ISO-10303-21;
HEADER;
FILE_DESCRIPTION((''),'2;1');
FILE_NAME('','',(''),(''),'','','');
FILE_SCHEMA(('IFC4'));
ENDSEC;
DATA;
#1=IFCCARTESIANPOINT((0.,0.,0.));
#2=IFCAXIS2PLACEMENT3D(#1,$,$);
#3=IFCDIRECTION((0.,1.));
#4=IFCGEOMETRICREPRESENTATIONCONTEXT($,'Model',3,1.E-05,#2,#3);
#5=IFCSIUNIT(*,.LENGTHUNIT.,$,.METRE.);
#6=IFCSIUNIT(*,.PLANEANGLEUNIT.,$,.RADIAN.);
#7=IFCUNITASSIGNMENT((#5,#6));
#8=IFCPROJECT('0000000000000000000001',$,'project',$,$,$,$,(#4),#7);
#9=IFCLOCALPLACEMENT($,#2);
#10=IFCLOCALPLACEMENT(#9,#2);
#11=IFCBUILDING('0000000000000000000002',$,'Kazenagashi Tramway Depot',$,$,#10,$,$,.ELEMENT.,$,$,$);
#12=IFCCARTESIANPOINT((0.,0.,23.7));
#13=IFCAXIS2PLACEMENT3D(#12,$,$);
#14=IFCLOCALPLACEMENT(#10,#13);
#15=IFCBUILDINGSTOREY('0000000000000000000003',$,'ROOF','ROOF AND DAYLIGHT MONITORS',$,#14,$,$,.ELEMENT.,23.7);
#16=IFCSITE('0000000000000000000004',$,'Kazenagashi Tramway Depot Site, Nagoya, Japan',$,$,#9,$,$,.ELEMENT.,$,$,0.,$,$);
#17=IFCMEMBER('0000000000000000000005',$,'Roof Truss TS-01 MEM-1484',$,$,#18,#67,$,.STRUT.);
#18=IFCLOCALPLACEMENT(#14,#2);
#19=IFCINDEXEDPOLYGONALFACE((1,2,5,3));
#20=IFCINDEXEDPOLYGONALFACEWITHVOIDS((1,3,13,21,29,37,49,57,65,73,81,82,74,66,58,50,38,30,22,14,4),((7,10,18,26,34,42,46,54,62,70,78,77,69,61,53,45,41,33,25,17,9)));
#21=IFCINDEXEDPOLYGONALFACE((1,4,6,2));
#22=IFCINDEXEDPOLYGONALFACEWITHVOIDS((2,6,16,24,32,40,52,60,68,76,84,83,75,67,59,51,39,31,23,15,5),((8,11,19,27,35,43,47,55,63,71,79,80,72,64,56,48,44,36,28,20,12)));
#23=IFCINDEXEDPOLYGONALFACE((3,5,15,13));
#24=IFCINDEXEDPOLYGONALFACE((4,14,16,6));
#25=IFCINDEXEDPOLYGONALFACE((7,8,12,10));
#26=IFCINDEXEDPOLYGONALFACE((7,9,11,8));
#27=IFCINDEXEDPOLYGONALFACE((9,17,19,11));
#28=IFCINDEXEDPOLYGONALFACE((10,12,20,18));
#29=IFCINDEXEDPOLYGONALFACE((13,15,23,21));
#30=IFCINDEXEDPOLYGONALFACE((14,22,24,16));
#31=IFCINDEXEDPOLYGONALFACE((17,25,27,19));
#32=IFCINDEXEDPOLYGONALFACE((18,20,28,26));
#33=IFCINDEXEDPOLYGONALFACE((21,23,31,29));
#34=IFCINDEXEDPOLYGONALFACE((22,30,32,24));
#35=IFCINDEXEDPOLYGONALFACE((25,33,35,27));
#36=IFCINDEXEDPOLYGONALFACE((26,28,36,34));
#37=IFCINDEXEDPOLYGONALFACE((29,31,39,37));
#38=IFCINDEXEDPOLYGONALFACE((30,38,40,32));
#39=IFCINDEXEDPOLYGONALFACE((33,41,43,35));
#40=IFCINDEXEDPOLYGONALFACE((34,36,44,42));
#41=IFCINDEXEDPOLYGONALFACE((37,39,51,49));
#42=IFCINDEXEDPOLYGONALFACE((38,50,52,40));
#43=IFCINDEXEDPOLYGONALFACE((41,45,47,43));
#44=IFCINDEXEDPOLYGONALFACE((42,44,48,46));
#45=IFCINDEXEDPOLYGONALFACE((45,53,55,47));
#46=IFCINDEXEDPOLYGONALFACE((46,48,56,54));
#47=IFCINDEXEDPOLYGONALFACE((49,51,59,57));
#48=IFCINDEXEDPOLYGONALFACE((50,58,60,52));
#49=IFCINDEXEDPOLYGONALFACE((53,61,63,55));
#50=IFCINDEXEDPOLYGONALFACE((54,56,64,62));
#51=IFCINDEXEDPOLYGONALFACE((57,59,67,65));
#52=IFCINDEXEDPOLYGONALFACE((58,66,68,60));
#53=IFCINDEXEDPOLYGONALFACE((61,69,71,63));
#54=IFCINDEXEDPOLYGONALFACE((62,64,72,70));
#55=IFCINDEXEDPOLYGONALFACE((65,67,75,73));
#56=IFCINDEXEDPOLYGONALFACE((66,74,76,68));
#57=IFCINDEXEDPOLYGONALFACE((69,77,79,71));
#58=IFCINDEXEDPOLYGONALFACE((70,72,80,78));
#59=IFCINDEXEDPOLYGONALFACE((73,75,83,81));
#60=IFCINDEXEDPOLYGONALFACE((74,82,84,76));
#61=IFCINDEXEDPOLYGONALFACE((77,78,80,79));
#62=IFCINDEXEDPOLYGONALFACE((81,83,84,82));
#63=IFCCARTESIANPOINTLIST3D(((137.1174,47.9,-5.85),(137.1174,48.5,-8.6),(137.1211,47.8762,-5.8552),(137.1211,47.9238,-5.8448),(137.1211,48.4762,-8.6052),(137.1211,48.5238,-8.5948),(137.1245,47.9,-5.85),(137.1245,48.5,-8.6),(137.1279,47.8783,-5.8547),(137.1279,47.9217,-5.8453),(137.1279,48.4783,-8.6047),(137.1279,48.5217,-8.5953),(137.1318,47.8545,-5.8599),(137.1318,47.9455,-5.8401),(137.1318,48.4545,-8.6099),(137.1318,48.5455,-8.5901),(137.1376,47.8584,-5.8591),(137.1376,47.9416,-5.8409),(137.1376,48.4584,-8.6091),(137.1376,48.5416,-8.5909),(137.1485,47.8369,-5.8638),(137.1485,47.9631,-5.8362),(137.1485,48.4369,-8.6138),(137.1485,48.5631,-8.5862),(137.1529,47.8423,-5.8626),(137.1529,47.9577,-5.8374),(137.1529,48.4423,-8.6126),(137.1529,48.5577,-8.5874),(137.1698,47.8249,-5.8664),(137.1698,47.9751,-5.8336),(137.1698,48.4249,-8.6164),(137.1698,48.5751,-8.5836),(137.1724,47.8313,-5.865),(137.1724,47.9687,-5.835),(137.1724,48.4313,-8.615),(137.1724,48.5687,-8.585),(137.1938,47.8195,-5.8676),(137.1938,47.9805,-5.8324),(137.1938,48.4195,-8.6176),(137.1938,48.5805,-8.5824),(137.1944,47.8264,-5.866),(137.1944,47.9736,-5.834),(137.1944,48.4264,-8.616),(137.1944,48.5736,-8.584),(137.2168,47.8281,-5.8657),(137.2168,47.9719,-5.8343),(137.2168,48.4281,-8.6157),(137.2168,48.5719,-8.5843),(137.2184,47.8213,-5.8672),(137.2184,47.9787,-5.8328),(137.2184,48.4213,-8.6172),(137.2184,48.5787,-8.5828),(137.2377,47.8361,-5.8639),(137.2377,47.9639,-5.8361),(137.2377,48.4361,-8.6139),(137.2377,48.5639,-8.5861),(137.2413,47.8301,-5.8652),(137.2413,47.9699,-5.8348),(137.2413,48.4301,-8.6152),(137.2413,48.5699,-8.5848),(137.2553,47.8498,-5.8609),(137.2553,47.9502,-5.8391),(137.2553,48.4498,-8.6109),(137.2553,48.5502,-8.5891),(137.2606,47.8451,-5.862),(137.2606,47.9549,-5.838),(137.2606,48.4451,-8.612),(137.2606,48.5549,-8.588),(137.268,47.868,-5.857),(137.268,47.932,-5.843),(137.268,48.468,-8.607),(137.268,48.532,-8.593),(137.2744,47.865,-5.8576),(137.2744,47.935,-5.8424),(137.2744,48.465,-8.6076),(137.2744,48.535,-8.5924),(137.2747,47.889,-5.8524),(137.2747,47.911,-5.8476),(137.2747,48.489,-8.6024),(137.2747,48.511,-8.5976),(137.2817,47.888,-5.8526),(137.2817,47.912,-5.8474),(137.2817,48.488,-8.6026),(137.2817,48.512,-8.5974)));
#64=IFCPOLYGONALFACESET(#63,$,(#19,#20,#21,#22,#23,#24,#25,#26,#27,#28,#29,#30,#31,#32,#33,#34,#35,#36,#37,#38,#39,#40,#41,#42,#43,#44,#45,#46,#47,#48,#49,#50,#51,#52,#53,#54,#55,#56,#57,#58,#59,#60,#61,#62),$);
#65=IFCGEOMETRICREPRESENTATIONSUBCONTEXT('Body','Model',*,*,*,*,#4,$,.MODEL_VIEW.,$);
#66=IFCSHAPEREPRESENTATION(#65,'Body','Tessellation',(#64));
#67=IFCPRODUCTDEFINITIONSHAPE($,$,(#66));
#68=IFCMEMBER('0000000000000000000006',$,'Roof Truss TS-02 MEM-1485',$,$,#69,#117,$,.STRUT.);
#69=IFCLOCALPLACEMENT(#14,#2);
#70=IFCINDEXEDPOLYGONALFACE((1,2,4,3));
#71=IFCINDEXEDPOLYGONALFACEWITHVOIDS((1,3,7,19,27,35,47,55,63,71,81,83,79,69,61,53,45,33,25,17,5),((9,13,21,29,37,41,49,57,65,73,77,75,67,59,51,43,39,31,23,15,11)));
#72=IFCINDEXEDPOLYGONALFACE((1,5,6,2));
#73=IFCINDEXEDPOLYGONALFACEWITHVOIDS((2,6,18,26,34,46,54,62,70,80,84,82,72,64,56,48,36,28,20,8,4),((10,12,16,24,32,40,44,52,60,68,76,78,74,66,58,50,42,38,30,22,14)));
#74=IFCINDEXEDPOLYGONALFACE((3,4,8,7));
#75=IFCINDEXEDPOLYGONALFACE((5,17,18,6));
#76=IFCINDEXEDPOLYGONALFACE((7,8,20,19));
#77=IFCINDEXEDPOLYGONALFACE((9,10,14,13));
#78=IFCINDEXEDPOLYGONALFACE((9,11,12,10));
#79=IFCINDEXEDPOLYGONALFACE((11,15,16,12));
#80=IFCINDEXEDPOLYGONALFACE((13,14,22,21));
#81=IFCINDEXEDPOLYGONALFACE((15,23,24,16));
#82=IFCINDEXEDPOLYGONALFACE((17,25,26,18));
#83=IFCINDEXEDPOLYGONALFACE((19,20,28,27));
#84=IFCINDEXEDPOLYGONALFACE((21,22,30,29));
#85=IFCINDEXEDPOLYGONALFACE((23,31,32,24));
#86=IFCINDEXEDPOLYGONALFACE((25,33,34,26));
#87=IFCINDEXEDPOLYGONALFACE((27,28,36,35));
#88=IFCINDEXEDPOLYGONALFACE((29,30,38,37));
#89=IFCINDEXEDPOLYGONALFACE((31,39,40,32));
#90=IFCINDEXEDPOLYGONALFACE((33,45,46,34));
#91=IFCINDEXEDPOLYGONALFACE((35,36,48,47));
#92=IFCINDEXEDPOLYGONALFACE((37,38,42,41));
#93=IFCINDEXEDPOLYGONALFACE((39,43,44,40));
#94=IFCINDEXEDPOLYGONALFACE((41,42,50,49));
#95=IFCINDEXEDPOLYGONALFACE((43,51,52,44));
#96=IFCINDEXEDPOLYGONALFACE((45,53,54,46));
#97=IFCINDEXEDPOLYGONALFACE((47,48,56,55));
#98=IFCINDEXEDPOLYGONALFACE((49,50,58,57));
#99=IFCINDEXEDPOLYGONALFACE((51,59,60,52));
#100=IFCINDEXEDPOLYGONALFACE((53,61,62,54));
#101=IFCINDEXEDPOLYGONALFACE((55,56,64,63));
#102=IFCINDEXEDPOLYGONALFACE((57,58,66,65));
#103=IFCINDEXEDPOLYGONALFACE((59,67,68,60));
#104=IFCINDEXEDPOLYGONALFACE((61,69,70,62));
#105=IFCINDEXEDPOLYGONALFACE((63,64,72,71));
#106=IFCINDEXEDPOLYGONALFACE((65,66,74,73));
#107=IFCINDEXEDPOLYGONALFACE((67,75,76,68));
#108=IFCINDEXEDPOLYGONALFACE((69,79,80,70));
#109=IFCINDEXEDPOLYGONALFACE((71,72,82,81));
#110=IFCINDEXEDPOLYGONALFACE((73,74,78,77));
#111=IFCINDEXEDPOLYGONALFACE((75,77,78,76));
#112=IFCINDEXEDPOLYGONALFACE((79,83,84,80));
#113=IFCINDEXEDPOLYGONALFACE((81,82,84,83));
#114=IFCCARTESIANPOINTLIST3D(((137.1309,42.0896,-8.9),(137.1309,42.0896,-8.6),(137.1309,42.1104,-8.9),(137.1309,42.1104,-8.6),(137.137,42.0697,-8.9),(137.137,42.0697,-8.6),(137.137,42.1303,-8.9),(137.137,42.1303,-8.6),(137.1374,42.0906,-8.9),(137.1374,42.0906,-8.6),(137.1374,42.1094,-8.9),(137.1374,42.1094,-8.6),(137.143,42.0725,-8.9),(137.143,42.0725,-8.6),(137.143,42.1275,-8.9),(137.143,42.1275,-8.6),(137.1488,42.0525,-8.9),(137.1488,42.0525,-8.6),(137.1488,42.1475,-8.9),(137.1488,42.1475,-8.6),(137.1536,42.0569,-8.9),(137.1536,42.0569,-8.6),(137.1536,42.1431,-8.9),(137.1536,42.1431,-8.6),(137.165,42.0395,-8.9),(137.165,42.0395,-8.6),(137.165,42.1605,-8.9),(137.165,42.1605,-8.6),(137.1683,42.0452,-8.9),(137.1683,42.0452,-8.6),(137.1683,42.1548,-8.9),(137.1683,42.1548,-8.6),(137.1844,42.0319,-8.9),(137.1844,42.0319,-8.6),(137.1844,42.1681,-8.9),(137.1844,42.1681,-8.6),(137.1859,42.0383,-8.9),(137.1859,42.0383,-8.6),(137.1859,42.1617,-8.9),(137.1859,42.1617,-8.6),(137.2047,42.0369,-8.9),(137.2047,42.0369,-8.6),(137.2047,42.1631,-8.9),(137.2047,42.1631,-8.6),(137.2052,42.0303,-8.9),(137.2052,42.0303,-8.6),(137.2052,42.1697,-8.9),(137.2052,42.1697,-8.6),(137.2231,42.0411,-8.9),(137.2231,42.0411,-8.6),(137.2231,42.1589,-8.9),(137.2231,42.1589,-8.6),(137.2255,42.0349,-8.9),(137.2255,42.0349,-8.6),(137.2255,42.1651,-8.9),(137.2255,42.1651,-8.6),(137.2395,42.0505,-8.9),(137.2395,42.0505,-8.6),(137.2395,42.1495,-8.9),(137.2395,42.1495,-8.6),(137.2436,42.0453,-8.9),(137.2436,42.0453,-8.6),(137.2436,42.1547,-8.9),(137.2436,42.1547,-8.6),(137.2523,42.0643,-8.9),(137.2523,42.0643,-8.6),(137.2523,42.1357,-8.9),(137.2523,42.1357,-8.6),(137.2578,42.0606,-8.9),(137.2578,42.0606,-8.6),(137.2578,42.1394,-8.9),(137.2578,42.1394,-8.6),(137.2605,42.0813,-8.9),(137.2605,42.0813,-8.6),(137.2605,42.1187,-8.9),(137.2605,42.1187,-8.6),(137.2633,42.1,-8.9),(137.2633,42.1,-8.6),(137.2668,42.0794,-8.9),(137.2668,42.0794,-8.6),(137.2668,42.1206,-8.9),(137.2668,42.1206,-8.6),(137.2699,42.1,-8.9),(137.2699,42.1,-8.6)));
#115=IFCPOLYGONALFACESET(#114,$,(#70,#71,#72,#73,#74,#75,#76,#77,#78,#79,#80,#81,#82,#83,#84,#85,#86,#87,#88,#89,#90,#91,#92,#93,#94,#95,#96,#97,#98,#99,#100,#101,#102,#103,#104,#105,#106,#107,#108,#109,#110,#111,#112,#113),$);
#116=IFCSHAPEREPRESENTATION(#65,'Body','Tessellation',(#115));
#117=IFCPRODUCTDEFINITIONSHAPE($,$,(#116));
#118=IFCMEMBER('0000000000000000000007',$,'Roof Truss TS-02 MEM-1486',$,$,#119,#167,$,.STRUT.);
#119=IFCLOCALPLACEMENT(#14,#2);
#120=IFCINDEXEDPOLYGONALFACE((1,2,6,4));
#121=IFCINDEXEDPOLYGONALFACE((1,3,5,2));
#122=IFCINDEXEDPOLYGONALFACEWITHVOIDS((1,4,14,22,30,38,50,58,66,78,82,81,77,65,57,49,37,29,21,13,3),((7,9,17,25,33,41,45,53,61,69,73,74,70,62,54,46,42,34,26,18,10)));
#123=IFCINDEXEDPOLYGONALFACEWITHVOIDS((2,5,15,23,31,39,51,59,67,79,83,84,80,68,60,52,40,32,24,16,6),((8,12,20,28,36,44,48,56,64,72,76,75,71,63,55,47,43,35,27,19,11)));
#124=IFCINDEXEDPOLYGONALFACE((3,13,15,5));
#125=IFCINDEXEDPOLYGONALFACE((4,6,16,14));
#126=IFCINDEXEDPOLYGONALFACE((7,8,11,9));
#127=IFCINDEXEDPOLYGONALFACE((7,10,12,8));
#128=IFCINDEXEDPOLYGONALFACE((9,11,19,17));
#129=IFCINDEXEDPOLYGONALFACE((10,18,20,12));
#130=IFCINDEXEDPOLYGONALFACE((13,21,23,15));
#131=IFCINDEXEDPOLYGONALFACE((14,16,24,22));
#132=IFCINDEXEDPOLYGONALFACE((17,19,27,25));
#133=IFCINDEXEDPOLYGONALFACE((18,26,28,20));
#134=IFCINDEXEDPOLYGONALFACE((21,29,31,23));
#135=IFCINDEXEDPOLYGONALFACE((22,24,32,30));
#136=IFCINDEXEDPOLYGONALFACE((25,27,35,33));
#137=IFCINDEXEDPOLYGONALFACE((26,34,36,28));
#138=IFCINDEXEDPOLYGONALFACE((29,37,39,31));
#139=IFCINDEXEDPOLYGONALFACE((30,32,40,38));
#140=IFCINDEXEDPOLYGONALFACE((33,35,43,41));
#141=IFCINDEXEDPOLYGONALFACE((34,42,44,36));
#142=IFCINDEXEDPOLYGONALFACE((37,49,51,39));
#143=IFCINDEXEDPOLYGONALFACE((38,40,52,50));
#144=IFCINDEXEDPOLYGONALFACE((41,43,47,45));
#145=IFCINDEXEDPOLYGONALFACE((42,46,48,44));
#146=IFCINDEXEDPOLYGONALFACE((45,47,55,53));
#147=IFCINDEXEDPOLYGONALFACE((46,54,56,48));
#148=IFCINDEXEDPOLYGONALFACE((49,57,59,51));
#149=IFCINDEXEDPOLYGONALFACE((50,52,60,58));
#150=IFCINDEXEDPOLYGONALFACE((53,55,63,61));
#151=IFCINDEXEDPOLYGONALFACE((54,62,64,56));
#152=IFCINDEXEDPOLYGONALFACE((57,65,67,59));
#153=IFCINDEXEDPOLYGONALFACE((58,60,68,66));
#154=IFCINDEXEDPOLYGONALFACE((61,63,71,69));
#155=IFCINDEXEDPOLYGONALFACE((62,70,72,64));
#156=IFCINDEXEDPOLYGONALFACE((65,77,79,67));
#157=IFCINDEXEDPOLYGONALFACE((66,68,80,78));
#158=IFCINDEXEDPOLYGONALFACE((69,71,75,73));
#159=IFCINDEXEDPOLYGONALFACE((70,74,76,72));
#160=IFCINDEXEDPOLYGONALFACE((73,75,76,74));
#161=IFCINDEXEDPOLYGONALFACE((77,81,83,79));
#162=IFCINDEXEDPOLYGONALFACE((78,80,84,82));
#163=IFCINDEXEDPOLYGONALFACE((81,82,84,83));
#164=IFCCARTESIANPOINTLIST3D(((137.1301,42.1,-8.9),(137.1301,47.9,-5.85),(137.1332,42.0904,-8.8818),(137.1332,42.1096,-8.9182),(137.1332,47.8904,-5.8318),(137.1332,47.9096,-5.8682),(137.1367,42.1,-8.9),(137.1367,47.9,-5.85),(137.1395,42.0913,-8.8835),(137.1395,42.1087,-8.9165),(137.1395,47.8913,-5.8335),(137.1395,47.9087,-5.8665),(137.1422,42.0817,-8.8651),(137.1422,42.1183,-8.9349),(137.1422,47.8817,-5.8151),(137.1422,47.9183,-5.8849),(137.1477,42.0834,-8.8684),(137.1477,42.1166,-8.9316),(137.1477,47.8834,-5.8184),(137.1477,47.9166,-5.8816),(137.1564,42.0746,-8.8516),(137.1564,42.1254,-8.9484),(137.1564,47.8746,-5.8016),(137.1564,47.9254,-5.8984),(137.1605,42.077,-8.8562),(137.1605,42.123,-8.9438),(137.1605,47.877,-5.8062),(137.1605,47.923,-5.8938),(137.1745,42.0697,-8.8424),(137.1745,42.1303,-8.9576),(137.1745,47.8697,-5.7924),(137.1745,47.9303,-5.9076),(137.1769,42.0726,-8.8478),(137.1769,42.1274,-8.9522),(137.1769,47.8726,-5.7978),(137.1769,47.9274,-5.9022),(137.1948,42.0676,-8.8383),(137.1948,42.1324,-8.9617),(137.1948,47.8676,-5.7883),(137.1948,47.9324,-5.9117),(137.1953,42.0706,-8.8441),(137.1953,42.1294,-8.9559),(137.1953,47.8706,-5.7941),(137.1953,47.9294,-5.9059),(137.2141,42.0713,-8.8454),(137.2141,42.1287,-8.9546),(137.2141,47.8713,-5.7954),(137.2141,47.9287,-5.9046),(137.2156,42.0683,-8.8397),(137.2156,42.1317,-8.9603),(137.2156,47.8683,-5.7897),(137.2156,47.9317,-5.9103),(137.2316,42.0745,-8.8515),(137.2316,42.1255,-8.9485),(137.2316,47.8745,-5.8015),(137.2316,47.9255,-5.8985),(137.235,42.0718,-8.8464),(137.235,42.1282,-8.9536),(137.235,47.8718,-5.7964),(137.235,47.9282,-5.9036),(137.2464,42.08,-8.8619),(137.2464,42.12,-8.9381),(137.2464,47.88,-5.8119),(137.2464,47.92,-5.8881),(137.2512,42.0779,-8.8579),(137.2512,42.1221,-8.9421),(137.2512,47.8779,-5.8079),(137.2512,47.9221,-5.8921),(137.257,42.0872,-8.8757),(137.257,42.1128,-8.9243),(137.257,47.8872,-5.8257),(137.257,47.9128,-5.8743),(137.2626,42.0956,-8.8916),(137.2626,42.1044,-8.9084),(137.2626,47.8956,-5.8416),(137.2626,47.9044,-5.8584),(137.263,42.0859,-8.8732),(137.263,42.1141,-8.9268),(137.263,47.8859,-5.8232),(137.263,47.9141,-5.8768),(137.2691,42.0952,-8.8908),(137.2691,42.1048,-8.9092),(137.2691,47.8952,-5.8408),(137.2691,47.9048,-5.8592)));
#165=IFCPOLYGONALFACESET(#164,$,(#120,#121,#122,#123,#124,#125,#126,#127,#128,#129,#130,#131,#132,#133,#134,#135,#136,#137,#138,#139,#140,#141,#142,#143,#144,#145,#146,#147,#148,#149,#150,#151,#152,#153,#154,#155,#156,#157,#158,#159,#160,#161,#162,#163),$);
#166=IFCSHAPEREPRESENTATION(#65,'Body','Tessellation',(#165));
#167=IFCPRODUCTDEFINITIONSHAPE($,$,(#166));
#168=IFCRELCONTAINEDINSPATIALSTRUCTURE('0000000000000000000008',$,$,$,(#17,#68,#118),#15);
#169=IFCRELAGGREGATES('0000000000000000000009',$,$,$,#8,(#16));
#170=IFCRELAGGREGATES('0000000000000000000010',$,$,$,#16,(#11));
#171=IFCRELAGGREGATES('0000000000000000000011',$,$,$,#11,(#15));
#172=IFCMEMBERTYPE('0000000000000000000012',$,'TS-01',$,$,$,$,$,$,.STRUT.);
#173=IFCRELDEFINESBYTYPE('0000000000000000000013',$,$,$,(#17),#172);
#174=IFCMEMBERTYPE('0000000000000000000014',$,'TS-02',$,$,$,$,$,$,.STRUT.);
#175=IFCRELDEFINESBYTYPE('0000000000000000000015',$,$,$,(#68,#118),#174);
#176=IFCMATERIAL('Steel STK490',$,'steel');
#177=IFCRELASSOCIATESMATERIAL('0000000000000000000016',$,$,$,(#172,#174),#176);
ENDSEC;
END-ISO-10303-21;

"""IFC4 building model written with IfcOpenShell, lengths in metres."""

from ifc_helpers import new_model, si_unit, direction, frame, origin, origin_2d, place, context, subcontext, project, spatial, hollow_circle, extrude, material, material_profile, profile_set, type_object, element, save


model = new_model("IFC4")

# Units and contexts
model_context = context("Model", 3, precision=1e-05, world=origin(), true_north=direction((0.0, 1.0)))
body_context = subcontext(model_context, "Body", "Model", "MODEL_VIEW")
ifc_project = project(units=[si_unit("LENGTHUNIT", "METRE"), si_unit("PLANEANGLEUNIT", "RADIAN")], contexts=[model_context])

# Site, building, storey
site_placement = place(None, origin())
site = spatial("IfcSite", under=ifc_project, at=site_placement, Name="Kazenagashi Tramway Depot Site, Nagoya, Japan", CompositionType="ELEMENT", RefElevation=0.0)
building_placement = place(site_placement, origin())
building = spatial("IfcBuilding", under=site, at=building_placement, Name="Kazenagashi Tramway Depot", CompositionType="ELEMENT")
storey_placement = place(building_placement, frame((0.0, 0.0, 23.7)))
storey = spatial("IfcBuildingStorey", under=building, at=storey_placement, Name="ROOF", Description="ROOF AND DAYLIGHT MONITORS", CompositionType="ELEMENT", Elevation=23.7)

# Members
ifc_material_1 = material(Name="Steel STK490", Category="steel")
ifc_material_profile_1 = material_profile(ifc_material_1, hollow_circle(Radius=0.0826, WallThickness=0.0071, at=origin_2d()), Name="CHS-165.2x7.1")
ifc_profile_set_1 = profile_set([ifc_material_profile_1], Name="Steel STK490")
member_type_1 = type_object("IfcMemberType", Name="TS-01", PredefinedType="STRUT", material=ifc_profile_set_1)
for number, where, z_axis, x_axis, name in (
    (1, (137.2, 47.9, -5.85), (0.0, 0.213167, -0.977016), (-1.0, 0.0, 0.0), "Roof Truss TS-01 MEM-1484"),
):
    element("IfcMember", number, at=place(storey_placement, frame(where, z_axis=z_axis, x_axis=x_axis)), inside=storey, type_object=member_type_1, Name=name, PredefinedType="STRUT", context=body_context, shape_type="SweptSolid", body=[
        extrude(hollow_circle(Radius=0.0826, WallThickness=0.0071, at=origin_2d()), origin(), (0.0, 0.0, 1.0), 2.8147),
    ])
ifc_material_profile_2 = material_profile(ifc_material_1, hollow_circle(Radius=0.0699, WallThickness=0.0066, at=origin_2d()), Name="CHS-139.8x6.6")
ifc_profile_set_2 = profile_set([ifc_material_profile_2], Name="Steel STK490")
member_type_2 = type_object("IfcMemberType", Name="TS-02", PredefinedType="STRUT", material=ifc_profile_set_2)
member_1_placement = place(storey_placement, frame((137.2, 42.1, -8.9), z_axis=(0.0, 0.0, 1.0), x_axis=(1.0, 0.0, 0.0)))
element("IfcMember", 2, at=member_1_placement, inside=storey, type_object=member_type_2, Name="Roof Truss TS-02 MEM-1485", PredefinedType="STRUT", context=body_context, shape_type="SweptSolid", body=[
    extrude(hollow_circle(Radius=0.0699, WallThickness=0.0066, at=origin_2d()), origin(), (0.0, 0.0, 1.0), 0.3),
])
member_2_placement = place(storey_placement, frame((137.2, 42.1, -8.9), z_axis=(0.0, 0.885084, 0.465432), x_axis=(-1.0, 0.0, 0.0)))
element("IfcMember", 3, at=member_2_placement, inside=storey, type_object=member_type_2, Name="Roof Truss TS-02 MEM-1486", PredefinedType="STRUT", context=body_context, shape_type="SweptSolid", body=[
    extrude(hollow_circle(Radius=0.0699, WallThickness=0.0066, at=origin_2d()), origin(), (0.0, 0.0, 1.0), 6.5531),
])

save(model, "model.ifc")
